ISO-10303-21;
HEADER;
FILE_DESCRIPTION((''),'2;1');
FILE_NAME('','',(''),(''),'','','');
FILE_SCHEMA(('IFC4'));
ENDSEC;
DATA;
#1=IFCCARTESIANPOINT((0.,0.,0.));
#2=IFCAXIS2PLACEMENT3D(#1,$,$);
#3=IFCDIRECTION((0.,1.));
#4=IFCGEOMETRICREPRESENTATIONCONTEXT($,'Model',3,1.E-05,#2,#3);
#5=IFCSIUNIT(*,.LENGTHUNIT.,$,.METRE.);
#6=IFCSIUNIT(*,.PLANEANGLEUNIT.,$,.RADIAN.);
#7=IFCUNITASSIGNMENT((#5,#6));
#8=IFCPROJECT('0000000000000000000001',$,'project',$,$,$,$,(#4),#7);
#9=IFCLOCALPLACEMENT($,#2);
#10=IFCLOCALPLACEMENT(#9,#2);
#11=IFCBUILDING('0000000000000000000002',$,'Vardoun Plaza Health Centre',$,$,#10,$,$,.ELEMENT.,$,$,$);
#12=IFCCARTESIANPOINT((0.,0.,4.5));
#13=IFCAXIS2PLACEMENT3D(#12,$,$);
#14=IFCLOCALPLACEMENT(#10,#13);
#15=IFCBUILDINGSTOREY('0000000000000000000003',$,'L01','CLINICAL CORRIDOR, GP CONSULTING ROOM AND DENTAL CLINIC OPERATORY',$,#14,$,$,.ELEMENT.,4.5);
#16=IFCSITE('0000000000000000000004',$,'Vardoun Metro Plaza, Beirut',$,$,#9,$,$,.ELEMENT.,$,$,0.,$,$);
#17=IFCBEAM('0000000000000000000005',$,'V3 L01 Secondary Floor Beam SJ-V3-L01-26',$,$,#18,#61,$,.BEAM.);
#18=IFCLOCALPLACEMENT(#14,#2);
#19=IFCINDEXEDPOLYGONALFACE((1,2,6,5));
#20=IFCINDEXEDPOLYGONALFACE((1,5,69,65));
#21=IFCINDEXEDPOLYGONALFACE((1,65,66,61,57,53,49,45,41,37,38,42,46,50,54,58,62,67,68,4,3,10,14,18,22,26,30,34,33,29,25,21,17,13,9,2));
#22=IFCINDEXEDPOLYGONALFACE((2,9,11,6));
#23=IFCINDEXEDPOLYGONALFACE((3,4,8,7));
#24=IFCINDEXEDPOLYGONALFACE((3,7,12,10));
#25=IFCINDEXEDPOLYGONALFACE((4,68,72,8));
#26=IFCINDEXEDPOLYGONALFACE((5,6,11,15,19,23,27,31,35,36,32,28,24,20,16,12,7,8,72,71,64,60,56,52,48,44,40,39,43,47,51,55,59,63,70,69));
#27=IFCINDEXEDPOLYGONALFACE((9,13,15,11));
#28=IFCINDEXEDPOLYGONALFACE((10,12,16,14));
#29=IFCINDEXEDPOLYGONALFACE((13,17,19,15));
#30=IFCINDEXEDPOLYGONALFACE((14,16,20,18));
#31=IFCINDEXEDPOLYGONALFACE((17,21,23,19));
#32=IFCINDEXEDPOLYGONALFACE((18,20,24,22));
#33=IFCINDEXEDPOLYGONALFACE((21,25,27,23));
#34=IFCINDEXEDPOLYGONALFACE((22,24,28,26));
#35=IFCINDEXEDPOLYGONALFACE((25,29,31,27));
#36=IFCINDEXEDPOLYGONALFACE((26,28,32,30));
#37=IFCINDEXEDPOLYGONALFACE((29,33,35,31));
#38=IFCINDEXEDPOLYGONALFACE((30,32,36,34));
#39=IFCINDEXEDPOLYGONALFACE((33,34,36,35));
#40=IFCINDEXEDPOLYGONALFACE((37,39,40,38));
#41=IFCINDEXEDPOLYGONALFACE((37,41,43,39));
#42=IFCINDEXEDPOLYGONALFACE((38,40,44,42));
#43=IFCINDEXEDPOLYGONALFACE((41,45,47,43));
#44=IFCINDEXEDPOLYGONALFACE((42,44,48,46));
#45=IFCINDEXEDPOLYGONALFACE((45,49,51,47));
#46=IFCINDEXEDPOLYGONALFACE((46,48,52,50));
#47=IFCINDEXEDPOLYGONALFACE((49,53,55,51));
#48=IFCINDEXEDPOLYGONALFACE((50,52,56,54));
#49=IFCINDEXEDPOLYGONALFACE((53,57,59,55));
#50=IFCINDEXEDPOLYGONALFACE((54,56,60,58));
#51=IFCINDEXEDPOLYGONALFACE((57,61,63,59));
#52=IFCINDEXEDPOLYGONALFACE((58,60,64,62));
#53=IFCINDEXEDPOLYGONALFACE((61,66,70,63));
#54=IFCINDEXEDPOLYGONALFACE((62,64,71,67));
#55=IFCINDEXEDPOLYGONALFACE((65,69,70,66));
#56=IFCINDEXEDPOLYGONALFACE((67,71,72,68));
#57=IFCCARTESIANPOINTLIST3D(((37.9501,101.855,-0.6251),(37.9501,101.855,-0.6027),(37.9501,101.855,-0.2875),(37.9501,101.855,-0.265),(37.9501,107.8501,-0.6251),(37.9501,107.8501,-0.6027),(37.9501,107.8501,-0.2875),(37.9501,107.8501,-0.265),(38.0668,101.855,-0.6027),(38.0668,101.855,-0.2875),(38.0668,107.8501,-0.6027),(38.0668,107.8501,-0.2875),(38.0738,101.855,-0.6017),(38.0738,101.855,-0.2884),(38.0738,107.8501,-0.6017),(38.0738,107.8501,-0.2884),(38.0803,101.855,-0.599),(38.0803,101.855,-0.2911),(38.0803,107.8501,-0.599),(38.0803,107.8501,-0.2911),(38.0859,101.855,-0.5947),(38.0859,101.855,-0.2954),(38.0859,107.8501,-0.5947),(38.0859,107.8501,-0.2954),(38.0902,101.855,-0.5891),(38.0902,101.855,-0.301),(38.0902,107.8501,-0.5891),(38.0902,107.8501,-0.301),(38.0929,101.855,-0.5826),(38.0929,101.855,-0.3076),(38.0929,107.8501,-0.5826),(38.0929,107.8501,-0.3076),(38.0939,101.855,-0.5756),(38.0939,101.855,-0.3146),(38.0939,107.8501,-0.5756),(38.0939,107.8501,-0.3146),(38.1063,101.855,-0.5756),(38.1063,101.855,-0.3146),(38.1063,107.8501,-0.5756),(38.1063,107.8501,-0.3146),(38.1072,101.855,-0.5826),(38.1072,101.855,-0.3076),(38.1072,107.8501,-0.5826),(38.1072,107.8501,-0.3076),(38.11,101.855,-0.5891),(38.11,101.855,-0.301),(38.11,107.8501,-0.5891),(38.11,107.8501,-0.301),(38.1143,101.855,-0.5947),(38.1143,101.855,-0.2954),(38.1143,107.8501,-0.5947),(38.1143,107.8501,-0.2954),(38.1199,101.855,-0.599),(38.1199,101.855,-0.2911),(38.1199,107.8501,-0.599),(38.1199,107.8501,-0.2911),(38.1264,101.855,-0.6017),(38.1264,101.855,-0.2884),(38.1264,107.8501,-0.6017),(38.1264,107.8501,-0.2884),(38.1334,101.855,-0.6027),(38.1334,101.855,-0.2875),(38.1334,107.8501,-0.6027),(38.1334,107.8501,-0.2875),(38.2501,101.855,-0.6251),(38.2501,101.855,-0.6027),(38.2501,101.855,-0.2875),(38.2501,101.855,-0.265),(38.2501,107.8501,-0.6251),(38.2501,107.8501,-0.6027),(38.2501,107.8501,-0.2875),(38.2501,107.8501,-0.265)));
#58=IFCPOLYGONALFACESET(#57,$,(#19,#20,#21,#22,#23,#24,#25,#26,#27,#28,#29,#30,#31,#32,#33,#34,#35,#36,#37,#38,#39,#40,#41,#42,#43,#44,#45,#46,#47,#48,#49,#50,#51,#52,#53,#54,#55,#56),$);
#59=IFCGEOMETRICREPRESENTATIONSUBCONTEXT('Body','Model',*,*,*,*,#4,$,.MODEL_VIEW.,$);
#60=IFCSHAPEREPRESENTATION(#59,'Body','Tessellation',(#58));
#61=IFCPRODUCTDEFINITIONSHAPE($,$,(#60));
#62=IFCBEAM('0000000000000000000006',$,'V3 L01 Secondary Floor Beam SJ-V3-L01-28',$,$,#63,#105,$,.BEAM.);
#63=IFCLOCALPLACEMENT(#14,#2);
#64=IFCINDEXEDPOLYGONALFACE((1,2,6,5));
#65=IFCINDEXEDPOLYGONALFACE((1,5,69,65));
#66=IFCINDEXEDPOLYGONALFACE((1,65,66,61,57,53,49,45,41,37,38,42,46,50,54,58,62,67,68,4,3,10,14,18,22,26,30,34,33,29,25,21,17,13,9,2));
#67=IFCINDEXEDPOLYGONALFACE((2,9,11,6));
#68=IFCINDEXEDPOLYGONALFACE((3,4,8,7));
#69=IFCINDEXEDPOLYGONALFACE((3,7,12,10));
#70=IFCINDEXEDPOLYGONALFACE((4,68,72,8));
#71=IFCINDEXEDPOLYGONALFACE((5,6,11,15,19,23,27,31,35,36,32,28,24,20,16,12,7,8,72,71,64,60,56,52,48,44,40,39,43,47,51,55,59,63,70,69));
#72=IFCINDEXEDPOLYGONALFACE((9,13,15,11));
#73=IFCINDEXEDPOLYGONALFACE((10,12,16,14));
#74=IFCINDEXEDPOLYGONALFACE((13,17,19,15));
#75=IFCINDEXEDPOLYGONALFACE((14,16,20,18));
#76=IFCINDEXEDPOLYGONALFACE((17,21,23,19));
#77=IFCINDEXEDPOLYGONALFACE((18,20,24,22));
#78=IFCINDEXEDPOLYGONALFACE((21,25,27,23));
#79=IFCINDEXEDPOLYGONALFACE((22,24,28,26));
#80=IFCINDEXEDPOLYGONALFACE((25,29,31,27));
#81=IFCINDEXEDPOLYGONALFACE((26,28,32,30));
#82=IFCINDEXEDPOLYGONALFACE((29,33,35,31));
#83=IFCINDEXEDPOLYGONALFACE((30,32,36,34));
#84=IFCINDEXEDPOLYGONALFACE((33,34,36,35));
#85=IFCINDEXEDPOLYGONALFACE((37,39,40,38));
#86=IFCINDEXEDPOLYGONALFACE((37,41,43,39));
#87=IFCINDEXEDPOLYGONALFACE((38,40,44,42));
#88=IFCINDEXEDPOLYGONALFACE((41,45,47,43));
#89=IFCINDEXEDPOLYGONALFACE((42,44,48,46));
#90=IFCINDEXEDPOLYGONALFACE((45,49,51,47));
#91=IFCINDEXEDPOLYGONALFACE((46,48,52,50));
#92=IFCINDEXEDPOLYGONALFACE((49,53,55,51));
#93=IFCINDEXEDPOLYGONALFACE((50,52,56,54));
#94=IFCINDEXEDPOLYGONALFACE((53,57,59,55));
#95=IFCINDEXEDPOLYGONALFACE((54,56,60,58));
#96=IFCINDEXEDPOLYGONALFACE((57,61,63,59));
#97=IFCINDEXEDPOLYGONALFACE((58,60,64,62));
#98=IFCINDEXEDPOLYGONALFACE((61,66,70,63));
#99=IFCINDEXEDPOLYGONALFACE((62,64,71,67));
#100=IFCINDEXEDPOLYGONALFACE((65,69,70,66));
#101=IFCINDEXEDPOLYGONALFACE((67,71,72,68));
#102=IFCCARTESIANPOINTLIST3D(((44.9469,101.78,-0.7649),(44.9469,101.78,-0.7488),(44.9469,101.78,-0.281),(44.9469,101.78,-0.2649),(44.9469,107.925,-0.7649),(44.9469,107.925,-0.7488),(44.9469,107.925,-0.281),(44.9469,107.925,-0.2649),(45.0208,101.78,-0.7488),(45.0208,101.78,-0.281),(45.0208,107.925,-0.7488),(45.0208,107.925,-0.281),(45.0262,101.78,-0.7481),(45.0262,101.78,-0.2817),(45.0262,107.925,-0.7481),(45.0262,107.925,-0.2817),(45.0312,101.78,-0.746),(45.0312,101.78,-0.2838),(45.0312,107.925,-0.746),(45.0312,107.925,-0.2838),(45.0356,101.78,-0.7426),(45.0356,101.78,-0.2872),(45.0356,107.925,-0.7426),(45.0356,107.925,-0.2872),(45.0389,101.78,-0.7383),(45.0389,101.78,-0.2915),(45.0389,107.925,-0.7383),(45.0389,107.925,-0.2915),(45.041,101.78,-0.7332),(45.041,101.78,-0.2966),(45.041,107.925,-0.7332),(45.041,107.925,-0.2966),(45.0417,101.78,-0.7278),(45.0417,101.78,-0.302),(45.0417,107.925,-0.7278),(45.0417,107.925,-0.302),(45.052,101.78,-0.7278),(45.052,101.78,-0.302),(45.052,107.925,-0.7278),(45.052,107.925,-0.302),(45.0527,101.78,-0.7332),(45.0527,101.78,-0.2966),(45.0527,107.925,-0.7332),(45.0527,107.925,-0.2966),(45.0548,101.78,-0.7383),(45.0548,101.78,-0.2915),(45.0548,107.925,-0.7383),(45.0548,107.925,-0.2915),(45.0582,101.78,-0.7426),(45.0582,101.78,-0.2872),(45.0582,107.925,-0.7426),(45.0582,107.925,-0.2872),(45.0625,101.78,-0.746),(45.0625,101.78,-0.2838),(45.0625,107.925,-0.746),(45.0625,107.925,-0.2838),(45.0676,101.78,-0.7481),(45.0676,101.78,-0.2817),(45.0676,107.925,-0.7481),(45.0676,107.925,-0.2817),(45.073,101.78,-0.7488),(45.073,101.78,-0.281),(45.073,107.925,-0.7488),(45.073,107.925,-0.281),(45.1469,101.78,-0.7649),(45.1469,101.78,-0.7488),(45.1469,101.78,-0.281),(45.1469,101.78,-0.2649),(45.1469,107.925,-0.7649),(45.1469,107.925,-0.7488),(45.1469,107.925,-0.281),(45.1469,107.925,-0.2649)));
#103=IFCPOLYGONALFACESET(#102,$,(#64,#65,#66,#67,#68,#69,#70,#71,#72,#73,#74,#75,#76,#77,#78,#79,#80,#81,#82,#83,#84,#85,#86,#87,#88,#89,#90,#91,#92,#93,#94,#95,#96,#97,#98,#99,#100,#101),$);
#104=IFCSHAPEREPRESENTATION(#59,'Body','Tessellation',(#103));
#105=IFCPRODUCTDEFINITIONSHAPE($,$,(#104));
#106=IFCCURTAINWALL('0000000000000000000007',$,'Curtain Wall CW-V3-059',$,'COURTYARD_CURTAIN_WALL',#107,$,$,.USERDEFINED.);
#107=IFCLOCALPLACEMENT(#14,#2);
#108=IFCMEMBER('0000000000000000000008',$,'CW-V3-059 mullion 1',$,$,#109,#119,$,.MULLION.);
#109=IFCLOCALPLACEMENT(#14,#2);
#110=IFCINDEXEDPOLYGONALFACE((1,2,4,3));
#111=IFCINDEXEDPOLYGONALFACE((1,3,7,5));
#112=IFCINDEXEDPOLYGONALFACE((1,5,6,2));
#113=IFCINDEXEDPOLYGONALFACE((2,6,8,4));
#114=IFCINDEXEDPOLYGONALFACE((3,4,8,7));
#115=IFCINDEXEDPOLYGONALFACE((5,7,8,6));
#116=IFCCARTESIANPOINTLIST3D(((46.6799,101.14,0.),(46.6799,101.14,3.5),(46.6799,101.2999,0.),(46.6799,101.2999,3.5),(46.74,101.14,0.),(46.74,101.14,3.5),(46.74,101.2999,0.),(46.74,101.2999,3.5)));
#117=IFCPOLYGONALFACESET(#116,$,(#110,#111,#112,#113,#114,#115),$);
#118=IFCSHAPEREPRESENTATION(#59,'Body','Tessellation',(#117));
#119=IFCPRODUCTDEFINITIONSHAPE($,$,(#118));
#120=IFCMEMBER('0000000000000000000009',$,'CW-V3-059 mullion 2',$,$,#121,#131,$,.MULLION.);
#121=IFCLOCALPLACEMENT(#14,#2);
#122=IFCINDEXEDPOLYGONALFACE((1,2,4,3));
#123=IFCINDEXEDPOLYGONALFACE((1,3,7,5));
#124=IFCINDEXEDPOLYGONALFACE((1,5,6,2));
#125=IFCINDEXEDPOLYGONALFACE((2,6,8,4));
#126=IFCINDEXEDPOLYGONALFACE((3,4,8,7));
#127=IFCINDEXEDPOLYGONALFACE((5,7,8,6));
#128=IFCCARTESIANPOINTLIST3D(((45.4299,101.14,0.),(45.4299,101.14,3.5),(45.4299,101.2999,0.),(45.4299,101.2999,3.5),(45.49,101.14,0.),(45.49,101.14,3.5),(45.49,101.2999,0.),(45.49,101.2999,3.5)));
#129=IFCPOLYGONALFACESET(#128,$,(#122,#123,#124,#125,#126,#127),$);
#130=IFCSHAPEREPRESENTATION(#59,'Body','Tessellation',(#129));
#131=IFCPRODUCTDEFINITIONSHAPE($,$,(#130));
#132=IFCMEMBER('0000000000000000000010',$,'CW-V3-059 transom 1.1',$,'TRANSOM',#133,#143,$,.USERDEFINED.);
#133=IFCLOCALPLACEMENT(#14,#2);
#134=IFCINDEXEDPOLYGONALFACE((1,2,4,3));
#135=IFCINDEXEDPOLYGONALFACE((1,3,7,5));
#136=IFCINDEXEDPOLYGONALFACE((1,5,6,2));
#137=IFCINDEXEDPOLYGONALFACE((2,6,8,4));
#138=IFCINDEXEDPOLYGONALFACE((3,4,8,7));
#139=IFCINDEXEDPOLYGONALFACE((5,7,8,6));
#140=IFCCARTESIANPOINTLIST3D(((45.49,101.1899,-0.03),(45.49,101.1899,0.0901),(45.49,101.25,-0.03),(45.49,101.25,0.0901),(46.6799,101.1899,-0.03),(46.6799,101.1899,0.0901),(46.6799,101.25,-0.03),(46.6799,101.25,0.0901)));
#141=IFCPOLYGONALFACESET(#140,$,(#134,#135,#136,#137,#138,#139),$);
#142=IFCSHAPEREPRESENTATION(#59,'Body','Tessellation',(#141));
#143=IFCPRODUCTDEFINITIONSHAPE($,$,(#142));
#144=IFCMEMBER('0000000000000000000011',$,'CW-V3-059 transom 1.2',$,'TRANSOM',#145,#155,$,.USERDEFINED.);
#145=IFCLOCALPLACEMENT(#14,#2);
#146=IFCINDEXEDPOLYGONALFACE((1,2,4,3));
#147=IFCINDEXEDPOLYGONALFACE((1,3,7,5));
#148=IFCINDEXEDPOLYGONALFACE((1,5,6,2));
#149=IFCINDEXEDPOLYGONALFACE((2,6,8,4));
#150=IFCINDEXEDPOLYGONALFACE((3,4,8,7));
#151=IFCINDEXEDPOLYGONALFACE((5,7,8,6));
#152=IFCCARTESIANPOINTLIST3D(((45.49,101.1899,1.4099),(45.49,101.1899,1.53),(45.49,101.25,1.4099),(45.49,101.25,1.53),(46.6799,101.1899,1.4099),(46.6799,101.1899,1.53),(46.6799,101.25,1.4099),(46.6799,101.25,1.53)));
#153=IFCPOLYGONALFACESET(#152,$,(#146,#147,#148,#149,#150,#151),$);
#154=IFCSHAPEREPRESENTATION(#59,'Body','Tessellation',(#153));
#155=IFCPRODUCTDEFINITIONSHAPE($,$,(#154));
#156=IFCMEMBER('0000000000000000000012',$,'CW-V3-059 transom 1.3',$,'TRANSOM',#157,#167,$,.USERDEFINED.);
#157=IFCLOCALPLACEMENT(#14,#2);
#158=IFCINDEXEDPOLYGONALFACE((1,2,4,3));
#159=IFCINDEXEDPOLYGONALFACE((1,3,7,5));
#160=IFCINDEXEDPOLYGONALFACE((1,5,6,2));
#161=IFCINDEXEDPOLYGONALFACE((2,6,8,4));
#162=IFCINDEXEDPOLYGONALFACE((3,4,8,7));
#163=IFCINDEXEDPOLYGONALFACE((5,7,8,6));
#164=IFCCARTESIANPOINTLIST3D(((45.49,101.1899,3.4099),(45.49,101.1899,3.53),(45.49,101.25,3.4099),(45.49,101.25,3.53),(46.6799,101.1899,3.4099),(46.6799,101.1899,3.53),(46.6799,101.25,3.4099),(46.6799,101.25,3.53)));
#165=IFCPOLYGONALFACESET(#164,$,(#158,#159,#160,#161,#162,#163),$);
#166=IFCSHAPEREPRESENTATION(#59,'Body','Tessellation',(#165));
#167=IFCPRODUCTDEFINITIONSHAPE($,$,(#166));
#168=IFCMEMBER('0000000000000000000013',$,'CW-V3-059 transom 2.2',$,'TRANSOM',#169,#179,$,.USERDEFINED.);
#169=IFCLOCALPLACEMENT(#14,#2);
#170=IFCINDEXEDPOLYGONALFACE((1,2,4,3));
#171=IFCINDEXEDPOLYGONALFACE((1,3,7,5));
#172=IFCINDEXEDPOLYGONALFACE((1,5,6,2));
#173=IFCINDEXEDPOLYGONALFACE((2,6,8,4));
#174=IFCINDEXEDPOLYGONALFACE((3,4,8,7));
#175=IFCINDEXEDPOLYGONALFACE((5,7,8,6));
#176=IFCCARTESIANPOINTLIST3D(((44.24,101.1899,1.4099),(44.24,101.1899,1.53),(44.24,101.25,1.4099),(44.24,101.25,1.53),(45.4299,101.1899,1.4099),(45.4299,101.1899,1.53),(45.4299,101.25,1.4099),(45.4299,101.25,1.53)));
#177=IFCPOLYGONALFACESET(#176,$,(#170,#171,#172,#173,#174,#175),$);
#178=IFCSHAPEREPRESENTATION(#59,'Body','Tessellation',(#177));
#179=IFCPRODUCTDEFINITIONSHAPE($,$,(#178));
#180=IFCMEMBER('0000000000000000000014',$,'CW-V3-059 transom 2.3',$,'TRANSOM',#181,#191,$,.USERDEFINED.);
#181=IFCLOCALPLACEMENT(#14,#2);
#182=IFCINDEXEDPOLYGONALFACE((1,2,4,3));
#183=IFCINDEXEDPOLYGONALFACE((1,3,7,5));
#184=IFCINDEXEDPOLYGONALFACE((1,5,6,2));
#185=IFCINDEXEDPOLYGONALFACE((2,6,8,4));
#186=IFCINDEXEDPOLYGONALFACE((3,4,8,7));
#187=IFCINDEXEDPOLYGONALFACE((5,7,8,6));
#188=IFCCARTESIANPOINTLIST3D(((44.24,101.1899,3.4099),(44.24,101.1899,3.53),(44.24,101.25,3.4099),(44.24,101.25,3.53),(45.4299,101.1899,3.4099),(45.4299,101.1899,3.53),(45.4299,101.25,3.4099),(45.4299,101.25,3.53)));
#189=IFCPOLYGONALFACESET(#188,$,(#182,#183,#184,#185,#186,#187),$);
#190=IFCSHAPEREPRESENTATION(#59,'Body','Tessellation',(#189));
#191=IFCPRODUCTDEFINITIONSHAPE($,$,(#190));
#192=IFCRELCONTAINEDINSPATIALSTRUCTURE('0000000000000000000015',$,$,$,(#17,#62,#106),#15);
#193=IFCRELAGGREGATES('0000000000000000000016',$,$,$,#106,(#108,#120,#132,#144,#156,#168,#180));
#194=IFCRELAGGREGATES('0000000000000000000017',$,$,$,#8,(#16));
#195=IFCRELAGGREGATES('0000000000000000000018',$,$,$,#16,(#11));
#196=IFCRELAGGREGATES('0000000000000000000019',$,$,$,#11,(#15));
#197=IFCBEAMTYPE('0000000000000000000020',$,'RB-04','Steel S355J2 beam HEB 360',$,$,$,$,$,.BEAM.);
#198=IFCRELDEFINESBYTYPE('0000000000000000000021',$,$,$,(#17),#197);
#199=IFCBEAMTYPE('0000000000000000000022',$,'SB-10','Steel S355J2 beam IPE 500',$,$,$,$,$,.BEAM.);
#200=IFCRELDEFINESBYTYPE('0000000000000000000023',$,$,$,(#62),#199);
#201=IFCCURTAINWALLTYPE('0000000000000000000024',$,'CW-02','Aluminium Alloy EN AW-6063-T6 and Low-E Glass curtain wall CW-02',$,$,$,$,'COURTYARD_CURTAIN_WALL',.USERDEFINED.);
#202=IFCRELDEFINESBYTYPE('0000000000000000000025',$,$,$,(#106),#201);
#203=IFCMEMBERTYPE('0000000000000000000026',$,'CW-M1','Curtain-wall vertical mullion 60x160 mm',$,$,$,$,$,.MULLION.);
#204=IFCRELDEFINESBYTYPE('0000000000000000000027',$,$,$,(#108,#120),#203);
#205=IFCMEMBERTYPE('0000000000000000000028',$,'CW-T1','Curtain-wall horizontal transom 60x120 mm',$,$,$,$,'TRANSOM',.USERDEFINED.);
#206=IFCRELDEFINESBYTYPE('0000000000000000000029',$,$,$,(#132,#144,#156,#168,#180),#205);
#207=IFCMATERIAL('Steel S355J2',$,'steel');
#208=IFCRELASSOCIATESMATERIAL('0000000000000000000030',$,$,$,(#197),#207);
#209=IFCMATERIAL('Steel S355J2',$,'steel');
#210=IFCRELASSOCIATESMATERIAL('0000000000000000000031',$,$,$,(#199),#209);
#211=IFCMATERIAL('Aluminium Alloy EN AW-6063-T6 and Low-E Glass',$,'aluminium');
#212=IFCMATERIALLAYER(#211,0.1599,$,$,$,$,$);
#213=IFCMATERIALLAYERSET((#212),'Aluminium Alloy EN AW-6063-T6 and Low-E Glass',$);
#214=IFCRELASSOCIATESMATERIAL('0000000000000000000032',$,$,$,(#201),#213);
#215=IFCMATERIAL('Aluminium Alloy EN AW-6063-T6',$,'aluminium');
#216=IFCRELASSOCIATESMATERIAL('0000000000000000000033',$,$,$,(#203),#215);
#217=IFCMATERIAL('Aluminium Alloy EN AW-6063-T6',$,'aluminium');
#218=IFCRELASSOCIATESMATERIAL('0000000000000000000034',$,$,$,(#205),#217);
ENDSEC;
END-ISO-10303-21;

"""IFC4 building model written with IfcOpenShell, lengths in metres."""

from ifc_helpers import new_model, si_unit, direction, frame, origin, origin_2d, place, context, subcontext, project, spatial, rectangle, i_section, extrude, material, layer, layer_set, material_profile, profile_set, type_object, element, aggregate, save


model = new_model("IFC4")

# Units and contexts
model_context = context("Model", 3, precision=1e-05, world=origin(), true_north=direction((0.0, 1.0)))
body_context = subcontext(model_context, "Body", "Model", "MODEL_VIEW")
ifc_project = project(units=[si_unit("LENGTHUNIT", "METRE"), si_unit("PLANEANGLEUNIT", "RADIAN")], contexts=[model_context])

# Site, building, storey
site_placement = place(None, origin())
site = spatial("IfcSite", under=ifc_project, at=site_placement, Name="Vardoun Metro Plaza, Beirut", CompositionType="ELEMENT", RefElevation=0.0)
building_placement = place(site_placement, origin())
building = spatial("IfcBuilding", under=site, at=building_placement, Name="Vardoun Plaza Health Centre", CompositionType="ELEMENT")
storey_placement = place(building_placement, frame((0.0, 0.0, 4.5)))
storey = spatial("IfcBuildingStorey", under=building, at=storey_placement, Name="L01", Description="CLINICAL CORRIDOR, GP CONSULTING ROOM AND DENTAL CLINIC OPERATORY", CompositionType="ELEMENT", Elevation=4.5)

# Beams
ifc_material_1 = material(Name="Steel S355J2", Category="steel")
ifc_material_profile_1 = material_profile(ifc_material_1, i_section(OverallWidth=0.3, OverallDepth=0.3601, WebThickness=0.0125, FlangeThickness=0.0225, FilletRadius=0.0271, at=origin_2d()), Name="HEB 360")
ifc_profile_set_1 = profile_set([ifc_material_profile_1], Name="Steel S355J2")
beam_type_1 = type_object("IfcBeamType", Name="RB-04", Description="Steel S355J2 beam HEB 360", PredefinedType="BEAM", material=ifc_profile_set_1)
beam_1_placement = place(storey_placement, frame((38.1001, 101.855, -0.4451), z_axis=(0.0, 1.0, 0.0), x_axis=(-1.0, 0.0, 0.0)))
element("IfcBeam", 1, at=beam_1_placement, inside=storey, type_object=beam_type_1, Name="V3 L01 Secondary Floor Beam SJ-V3-L01-26", PredefinedType="BEAM", context=body_context, shape_type="SweptSolid", body=[
    extrude(i_section(OverallWidth=0.3, OverallDepth=0.3601, WebThickness=0.0125, FlangeThickness=0.0225, FilletRadius=0.0271, at=origin_2d()), origin(), (0.0, 0.0, 1.0), 5.9951),
])
ifc_material_2 = material(Name="Steel S355J2", Category="steel")
ifc_material_profile_2 = material_profile(ifc_material_2, i_section(OverallWidth=0.2, OverallDepth=0.5, WebThickness=0.0103, FlangeThickness=0.0161, FilletRadius=0.021, at=origin_2d()), Name="IPE 500")
ifc_profile_set_2 = profile_set([ifc_material_profile_2], Name="Steel S355J2")
beam_type_2 = type_object("IfcBeamType", Name="SB-10", Description="Steel S355J2 beam IPE 500", PredefinedType="BEAM", material=ifc_profile_set_2)
beam_2_placement = place(storey_placement, frame((45.0469, 101.78, -0.5149), z_axis=(0.0, 1.0, 0.0), x_axis=(-1.0, 0.0, 0.0)))
element("IfcBeam", 2, at=beam_2_placement, inside=storey, type_object=beam_type_2, Name="V3 L01 Secondary Floor Beam SJ-V3-L01-28", PredefinedType="BEAM", context=body_context, shape_type="SweptSolid", body=[
    extrude(i_section(OverallWidth=0.2, OverallDepth=0.5, WebThickness=0.0103, FlangeThickness=0.0161, FilletRadius=0.021, at=origin_2d()), origin(), (0.0, 0.0, 1.0), 6.145),
])

# Curtain wall, members
ifc_material_3 = material(Name="Aluminium Alloy EN AW-6063-T6 and Low-E Glass", Category="aluminium")
ifc_layer_1 = layer(ifc_material_3, 0.1599)
ifc_layer_set_1 = layer_set([ifc_layer_1], Name="Aluminium Alloy EN AW-6063-T6 and Low-E Glass")
curtain_wall_type = type_object("IfcCurtainWallType", Name="CW-02", Description="Aluminium Alloy EN AW-6063-T6 and Low-E Glass curtain wall CW-02", ElementType="COURTYARD_CURTAIN_WALL", PredefinedType="USERDEFINED", material=ifc_layer_set_1)
curtain_wall_placement = place(storey_placement, origin())
curtain_wall = element("IfcCurtainWall", 3, at=curtain_wall_placement, inside=storey, type_object=curtain_wall_type, Name="Curtain Wall CW-V3-059", ObjectType="COURTYARD_CURTAIN_WALL", PredefinedType="USERDEFINED")
ifc_material_4 = material(Name="Aluminium Alloy EN AW-6063-T6", Category="aluminium")
ifc_material_profile_3 = material_profile(ifc_material_4, rectangle(XDim=0.1599, YDim=0.0601, at=origin_2d()), Name="CWM 60x160")
ifc_profile_set_3 = profile_set([ifc_material_profile_3], Name="Aluminium Alloy EN AW-6063-T6")
member_type_1 = type_object("IfcMemberType", Name="CW-M1", Description="Curtain-wall vertical mullion 60x160 mm", PredefinedType="MULLION", material=ifc_profile_set_3)
member_1_placement = place(storey_placement, frame((46.71, 101.22, 0.0), z_axis=(0.0, 0.0, 1.0), x_axis=(0.0, -1.0, 0.0)))
member_1 = element("IfcMember", 4, at=member_1_placement, type_object=member_type_1, Name="CW-V3-059 mullion 1", PredefinedType="MULLION", context=body_context, shape_type="SweptSolid", body=[
    extrude(rectangle(XDim=0.1599, YDim=0.0601, at=origin_2d()), origin(), (0.0, 0.0, 1.0), 3.5),
])
member_2_placement = place(storey_placement, frame((45.46, 101.22, 0.0), z_axis=(0.0, 0.0, 1.0), x_axis=(0.0, -1.0, 0.0)))
member_2 = element("IfcMember", 5, at=member_2_placement, type_object=member_type_1, Name="CW-V3-059 mullion 2", PredefinedType="MULLION", context=body_context, shape_type="SweptSolid", body=[
    extrude(rectangle(XDim=0.1599, YDim=0.0601, at=origin_2d()), origin(), (0.0, 0.0, 1.0), 3.5),
])
ifc_material_5 = material(Name="Aluminium Alloy EN AW-6063-T6", Category="aluminium")
ifc_material_profile_4 = material_profile(ifc_material_5, rectangle(XDim=0.0601, YDim=0.1201, at=origin_2d()), Name="CWT 60x120")
ifc_profile_set_4 = profile_set([ifc_material_profile_4], Name="Aluminium Alloy EN AW-6063-T6")
member_type_2 = type_object("IfcMemberType", Name="CW-T1", Description="Curtain-wall horizontal transom 60x120 mm", ElementType="TRANSOM", PredefinedType="USERDEFINED", material=ifc_profile_set_4)
member_3_placement = place(storey_placement, frame((46.6799, 101.22, 0.03), z_axis=(-1.0, 0.0, 0.0), x_axis=(0.0, -1.0, 0.0)))
member_3 = element("IfcMember", 6, at=member_3_placement, type_object=member_type_2, Name="CW-V3-059 transom 1.1", ObjectType="TRANSOM", PredefinedType="USERDEFINED", context=body_context, shape_type="SweptSolid", body=[
    extrude(rectangle(XDim=0.0601, YDim=0.1201, at=origin_2d()), origin(), (0.0, 0.0, 1.0), 1.1899),
])
member_4_placement = place(storey_placement, frame((46.6799, 101.22, 1.47), z_axis=(-1.0, 0.0, 0.0), x_axis=(0.0, -1.0, 0.0)))
member_4 = element("IfcMember", 7, at=member_4_placement, type_object=member_type_2, Name="CW-V3-059 transom 1.2", ObjectType="TRANSOM", PredefinedType="USERDEFINED", context=body_context, shape_type="SweptSolid", body=[
    extrude(rectangle(XDim=0.0601, YDim=0.1201, at=origin_2d()), origin(), (0.0, 0.0, 1.0), 1.1899),
])
member_5_placement = place(storey_placement, frame((46.6799, 101.22, 3.47), z_axis=(-1.0, 0.0, 0.0), x_axis=(0.0, -1.0, 0.0)))
member_5 = element("IfcMember", 8, at=member_5_placement, type_object=member_type_2, Name="CW-V3-059 transom 1.3", ObjectType="TRANSOM", PredefinedType="USERDEFINED", context=body_context, shape_type="SweptSolid", body=[
    extrude(rectangle(XDim=0.0601, YDim=0.1201, at=origin_2d()), origin(), (0.0, 0.0, 1.0), 1.1899),
])
member_6_placement = place(storey_placement, frame((45.4299, 101.22, 1.47), z_axis=(-1.0, 0.0, 0.0), x_axis=(0.0, -1.0, 0.0)))
member_6 = element("IfcMember", 9, at=member_6_placement, type_object=member_type_2, Name="CW-V3-059 transom 2.2", ObjectType="TRANSOM", PredefinedType="USERDEFINED", context=body_context, shape_type="SweptSolid", body=[
    extrude(rectangle(XDim=0.0601, YDim=0.1201, at=origin_2d()), origin(), (0.0, 0.0, 1.0), 1.1899),
])
member_7_placement = place(storey_placement, frame((45.4299, 101.22, 3.47), z_axis=(-1.0, 0.0, 0.0), x_axis=(0.0, -1.0, 0.0)))
member_7 = element("IfcMember", 10, at=member_7_placement, type_object=member_type_2, Name="CW-V3-059 transom 2.3", ObjectType="TRANSOM", PredefinedType="USERDEFINED", context=body_context, shape_type="SweptSolid", body=[
    extrude(rectangle(XDim=0.0601, YDim=0.1201, at=origin_2d()), origin(), (0.0, 0.0, 1.0), 1.1899),
])
aggregate(curtain_wall, [member_1, member_2, member_3, member_4, member_5, member_6, member_7])

save(model, "model.ifc")
